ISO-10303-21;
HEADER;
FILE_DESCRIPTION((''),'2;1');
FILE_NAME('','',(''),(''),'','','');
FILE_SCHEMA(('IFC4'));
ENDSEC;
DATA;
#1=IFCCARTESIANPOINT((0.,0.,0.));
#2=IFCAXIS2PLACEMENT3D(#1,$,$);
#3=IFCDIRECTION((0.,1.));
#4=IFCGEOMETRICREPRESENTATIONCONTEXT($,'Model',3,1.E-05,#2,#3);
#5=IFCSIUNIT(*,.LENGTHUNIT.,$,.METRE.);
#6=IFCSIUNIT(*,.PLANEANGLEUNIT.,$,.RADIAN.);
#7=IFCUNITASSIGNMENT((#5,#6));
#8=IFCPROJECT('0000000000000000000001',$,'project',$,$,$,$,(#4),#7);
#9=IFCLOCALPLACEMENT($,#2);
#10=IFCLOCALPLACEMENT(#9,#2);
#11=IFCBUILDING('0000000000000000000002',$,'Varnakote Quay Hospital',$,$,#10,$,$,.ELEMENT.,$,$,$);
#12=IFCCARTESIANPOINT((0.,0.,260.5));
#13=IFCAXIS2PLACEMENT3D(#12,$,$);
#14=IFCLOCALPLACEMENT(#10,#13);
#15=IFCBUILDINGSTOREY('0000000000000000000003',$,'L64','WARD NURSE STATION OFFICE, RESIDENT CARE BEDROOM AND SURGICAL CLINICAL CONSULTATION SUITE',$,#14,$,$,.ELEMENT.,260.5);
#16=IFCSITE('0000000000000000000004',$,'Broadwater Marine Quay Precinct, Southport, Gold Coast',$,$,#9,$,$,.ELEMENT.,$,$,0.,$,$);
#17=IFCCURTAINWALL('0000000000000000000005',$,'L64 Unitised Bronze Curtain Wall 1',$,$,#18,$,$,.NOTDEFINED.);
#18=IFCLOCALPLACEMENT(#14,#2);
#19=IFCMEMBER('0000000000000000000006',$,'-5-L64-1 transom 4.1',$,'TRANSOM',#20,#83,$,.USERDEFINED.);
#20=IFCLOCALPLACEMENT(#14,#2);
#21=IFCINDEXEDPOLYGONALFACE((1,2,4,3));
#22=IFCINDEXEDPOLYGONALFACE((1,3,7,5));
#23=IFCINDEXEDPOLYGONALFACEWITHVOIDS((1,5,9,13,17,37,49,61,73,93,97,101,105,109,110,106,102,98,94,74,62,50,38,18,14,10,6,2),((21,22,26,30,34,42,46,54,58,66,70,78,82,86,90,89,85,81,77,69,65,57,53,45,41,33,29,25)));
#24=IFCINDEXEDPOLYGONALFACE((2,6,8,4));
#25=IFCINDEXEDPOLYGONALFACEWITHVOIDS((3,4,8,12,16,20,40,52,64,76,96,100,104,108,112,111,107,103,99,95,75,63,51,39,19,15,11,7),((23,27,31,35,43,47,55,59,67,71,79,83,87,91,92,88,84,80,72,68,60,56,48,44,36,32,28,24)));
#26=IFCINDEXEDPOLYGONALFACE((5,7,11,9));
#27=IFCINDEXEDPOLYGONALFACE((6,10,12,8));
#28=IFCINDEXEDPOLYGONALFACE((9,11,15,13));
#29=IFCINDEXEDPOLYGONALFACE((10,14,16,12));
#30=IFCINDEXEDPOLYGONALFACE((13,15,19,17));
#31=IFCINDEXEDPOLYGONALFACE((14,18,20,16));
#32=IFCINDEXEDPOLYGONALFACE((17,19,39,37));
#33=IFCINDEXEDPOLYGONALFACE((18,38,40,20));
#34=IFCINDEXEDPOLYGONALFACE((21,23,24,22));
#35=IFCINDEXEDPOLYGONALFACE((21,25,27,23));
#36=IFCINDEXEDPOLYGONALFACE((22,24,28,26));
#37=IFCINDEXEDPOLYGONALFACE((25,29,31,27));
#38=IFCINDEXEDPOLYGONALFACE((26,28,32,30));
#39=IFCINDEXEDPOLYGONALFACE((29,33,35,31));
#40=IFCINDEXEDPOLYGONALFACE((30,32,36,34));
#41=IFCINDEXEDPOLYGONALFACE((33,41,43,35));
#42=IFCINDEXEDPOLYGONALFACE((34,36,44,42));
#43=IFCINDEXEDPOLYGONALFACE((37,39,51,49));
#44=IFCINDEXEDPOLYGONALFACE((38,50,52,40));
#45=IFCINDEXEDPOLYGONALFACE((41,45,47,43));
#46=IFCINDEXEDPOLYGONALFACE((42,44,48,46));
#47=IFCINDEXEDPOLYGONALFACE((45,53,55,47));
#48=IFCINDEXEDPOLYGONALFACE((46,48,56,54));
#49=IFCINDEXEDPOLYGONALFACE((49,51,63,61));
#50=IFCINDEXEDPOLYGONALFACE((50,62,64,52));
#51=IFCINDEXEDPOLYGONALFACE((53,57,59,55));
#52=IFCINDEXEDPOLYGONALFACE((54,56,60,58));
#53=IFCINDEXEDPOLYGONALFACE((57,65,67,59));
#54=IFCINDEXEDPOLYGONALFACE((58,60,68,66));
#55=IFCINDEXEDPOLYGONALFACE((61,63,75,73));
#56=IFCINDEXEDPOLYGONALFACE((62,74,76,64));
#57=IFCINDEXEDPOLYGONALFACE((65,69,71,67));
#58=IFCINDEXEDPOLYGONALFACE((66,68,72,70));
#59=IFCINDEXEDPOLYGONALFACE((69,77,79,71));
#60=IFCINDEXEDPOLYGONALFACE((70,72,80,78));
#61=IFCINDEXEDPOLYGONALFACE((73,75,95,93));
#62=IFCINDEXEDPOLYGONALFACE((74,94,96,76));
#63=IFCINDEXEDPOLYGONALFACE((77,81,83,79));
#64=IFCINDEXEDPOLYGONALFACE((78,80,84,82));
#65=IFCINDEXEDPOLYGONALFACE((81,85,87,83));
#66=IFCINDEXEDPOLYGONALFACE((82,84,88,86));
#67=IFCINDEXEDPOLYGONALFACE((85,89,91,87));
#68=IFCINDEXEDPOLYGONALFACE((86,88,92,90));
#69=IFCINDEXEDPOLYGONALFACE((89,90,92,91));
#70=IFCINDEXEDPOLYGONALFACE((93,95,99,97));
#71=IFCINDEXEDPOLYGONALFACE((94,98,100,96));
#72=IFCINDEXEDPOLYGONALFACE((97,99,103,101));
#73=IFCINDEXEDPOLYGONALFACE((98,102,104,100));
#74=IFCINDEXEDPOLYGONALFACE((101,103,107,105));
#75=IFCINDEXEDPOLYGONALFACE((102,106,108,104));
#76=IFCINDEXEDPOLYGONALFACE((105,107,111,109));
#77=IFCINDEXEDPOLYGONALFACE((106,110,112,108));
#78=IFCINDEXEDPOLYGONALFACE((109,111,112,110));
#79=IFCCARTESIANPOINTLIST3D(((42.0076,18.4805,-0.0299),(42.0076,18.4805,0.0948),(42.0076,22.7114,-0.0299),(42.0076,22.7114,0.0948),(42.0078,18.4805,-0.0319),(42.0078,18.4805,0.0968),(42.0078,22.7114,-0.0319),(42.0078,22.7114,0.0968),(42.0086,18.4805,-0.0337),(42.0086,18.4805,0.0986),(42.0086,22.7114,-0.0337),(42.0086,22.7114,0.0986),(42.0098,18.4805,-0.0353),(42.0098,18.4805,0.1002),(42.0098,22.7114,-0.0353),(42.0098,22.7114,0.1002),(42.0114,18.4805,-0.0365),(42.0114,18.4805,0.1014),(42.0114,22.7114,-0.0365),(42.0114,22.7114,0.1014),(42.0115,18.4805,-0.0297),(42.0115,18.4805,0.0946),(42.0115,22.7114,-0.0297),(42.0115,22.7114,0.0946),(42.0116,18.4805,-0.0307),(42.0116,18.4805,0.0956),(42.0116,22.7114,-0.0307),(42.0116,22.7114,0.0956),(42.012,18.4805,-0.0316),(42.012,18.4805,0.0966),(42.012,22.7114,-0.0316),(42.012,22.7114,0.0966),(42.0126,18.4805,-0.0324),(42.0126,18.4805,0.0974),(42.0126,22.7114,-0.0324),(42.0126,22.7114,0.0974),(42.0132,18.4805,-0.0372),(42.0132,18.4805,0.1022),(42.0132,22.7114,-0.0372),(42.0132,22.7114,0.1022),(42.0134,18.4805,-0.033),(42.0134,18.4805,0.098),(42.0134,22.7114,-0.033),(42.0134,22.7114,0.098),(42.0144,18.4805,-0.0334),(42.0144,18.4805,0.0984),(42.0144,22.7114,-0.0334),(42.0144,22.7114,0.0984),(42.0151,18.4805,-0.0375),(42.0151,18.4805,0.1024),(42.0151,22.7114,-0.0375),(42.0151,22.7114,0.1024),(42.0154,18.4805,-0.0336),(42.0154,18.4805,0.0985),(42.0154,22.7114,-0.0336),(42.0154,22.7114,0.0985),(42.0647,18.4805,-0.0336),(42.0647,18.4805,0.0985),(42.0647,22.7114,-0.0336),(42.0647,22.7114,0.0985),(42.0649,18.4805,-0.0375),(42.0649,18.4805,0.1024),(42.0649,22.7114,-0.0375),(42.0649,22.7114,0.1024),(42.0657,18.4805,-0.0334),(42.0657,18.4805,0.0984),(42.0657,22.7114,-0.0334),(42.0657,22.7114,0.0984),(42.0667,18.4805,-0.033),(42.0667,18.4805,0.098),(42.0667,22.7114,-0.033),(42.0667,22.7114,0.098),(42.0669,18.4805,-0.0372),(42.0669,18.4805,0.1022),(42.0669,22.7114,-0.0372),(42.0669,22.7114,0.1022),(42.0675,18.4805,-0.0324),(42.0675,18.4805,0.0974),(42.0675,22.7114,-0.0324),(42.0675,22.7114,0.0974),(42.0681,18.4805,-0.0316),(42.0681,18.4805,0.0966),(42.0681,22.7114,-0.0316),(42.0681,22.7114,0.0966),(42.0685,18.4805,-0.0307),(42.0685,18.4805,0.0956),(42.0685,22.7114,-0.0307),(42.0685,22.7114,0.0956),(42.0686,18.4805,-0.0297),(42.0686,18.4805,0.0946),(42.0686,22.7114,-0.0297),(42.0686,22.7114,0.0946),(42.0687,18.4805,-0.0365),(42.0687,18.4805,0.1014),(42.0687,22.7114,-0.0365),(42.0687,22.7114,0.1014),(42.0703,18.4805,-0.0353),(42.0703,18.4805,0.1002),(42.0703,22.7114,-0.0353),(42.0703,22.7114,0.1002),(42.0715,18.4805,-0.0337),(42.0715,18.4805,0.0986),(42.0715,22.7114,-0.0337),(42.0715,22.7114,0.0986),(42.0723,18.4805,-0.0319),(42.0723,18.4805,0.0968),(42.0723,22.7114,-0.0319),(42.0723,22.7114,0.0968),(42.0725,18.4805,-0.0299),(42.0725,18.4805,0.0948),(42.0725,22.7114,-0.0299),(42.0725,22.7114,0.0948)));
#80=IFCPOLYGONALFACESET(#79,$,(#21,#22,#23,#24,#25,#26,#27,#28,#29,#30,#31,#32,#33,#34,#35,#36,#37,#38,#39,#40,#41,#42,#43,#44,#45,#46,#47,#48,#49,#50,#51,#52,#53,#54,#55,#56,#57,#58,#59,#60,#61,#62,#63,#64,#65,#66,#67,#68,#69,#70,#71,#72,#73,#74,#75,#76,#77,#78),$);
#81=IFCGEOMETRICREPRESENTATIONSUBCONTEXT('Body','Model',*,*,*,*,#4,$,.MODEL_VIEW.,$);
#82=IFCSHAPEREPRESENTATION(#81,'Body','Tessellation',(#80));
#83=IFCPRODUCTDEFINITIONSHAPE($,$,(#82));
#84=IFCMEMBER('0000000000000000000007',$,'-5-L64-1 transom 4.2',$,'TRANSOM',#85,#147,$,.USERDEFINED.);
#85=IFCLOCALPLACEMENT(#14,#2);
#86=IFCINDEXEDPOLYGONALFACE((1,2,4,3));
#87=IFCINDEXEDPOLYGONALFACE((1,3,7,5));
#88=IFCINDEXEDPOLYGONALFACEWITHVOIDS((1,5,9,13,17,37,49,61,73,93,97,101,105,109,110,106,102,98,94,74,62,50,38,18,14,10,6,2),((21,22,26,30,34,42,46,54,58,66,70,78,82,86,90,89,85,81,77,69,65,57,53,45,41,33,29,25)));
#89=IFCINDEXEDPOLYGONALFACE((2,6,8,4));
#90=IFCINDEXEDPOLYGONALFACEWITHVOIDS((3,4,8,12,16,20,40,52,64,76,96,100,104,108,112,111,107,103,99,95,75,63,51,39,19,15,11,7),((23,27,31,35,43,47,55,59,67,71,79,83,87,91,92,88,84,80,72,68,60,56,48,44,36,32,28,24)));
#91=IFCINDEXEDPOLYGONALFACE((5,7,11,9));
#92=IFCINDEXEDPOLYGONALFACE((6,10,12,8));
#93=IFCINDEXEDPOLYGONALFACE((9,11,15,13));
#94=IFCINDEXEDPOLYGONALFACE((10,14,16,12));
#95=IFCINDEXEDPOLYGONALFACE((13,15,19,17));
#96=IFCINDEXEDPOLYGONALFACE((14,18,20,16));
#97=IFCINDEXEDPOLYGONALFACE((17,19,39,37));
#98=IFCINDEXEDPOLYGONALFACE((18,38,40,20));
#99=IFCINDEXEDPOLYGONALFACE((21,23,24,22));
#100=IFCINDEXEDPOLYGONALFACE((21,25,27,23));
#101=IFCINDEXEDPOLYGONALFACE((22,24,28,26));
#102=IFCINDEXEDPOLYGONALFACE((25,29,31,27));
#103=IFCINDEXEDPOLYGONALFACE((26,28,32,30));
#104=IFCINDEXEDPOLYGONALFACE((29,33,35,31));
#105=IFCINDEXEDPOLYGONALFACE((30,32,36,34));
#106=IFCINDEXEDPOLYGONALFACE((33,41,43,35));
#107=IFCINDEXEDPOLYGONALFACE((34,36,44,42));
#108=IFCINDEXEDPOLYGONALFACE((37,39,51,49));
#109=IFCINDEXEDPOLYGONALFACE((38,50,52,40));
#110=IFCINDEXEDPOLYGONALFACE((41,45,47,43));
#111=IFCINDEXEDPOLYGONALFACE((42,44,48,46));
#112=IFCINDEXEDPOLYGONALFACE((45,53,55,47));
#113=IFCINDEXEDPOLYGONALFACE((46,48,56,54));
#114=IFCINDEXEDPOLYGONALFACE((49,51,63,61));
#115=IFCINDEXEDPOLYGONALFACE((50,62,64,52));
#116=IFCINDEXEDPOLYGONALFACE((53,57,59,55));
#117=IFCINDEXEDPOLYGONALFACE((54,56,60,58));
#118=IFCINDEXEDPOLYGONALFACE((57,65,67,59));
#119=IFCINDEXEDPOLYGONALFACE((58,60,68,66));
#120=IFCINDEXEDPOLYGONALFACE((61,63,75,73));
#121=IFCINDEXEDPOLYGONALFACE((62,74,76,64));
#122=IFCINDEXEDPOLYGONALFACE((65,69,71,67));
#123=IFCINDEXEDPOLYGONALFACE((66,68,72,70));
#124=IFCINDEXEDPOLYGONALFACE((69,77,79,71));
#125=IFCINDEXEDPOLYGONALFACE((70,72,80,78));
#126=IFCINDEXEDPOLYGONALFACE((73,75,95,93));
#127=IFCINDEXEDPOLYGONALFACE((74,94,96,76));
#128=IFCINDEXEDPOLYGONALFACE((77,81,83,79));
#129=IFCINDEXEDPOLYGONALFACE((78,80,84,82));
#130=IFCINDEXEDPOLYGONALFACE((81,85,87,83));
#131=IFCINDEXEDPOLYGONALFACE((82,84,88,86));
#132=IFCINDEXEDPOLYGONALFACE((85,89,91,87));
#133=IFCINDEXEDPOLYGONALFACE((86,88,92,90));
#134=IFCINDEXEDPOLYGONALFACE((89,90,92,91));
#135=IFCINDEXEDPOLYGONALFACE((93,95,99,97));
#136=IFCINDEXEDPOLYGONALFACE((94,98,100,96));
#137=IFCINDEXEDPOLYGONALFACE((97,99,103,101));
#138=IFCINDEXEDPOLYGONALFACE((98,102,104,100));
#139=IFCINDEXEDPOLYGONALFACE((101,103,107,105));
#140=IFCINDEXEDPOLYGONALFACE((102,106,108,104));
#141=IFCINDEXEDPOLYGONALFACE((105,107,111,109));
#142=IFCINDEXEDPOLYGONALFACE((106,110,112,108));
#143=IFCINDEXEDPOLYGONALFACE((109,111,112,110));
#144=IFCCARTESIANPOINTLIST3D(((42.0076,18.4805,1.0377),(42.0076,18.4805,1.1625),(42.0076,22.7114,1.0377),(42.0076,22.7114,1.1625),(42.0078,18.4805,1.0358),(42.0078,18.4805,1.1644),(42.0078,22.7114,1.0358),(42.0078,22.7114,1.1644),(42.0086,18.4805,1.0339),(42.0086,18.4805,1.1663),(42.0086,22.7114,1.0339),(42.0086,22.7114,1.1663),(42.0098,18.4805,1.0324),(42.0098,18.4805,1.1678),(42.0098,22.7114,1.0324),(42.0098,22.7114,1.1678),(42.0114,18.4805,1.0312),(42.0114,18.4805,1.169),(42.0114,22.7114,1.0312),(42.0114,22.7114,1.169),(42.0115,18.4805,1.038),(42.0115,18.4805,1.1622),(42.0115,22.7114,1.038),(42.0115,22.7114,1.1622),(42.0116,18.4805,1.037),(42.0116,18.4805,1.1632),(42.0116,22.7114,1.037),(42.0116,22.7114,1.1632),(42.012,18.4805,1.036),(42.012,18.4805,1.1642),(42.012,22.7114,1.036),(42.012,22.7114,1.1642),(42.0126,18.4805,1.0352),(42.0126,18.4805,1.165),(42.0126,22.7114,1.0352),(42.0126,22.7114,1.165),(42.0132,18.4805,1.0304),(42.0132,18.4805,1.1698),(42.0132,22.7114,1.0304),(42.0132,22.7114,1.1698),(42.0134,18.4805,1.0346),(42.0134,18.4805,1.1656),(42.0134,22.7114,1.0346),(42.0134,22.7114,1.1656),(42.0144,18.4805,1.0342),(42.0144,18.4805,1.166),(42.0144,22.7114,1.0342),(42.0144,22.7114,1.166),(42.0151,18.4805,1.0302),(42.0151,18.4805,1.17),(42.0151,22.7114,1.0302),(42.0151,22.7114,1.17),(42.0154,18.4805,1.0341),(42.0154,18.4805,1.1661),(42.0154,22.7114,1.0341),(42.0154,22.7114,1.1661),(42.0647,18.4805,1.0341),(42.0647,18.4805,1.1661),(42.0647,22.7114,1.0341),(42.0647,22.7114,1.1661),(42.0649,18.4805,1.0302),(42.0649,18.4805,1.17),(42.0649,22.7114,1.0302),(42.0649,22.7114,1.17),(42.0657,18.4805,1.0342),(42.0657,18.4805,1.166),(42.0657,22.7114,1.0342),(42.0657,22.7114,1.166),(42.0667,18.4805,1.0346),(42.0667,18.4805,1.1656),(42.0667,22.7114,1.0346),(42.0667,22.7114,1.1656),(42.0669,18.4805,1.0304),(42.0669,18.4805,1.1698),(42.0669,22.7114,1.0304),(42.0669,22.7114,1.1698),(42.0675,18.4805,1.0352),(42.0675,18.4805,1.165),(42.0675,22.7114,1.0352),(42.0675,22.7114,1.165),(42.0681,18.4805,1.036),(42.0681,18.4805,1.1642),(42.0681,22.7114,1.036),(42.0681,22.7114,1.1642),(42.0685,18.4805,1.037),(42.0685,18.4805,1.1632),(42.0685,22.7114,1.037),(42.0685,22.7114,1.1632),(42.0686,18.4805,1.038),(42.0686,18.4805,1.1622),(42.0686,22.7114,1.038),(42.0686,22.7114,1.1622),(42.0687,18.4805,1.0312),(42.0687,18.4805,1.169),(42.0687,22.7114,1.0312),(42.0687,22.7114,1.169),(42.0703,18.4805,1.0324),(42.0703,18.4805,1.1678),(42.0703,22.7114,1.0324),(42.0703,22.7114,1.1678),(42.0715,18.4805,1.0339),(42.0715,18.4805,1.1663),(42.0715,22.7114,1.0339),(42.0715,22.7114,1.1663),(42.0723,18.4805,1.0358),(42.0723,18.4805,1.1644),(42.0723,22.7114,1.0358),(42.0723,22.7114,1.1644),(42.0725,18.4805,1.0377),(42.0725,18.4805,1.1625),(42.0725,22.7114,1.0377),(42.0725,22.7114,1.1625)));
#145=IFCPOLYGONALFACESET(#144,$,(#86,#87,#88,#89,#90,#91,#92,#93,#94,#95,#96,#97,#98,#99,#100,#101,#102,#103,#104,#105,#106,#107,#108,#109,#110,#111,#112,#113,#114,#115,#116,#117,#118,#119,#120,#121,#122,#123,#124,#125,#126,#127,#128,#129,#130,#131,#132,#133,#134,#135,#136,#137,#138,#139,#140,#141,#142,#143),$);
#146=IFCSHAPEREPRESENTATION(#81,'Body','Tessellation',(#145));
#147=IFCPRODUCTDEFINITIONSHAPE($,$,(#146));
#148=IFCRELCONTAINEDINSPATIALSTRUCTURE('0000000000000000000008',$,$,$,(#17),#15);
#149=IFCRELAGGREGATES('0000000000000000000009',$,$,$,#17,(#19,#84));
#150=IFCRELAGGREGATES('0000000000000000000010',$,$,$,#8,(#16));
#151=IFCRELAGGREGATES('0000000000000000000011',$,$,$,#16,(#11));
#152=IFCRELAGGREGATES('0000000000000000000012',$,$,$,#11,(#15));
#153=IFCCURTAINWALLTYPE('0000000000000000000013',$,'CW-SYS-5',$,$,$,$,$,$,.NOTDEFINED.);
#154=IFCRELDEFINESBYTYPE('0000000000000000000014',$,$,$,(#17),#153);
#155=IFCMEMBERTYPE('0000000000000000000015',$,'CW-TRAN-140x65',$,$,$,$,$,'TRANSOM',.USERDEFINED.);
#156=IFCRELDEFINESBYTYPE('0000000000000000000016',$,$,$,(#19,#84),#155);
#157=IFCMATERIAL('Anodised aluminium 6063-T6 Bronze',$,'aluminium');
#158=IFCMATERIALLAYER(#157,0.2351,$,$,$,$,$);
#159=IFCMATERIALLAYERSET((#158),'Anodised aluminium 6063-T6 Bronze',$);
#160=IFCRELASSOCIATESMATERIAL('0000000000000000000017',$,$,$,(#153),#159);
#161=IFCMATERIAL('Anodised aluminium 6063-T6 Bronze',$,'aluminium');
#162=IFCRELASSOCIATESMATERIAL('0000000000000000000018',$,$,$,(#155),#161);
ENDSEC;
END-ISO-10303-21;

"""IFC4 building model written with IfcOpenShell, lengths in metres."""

from ifc_helpers import new_model, si_unit, direction, frame, origin, origin_2d, place, context, subcontext, project, spatial, hollow_rectangle, extrude, material, layer, layer_set, material_profile, profile_set, type_object, element, aggregate, save


model = new_model("IFC4")

# Units and contexts
model_context = context("Model", 3, precision=1e-05, world=origin(), true_north=direction((0.0, 1.0)))
body_context = subcontext(model_context, "Body", "Model", "MODEL_VIEW")
ifc_project = project(units=[si_unit("LENGTHUNIT", "METRE"), si_unit("PLANEANGLEUNIT", "RADIAN")], contexts=[model_context])

# Site, building, storey
site_placement = place(None, origin())
site = spatial("IfcSite", under=ifc_project, at=site_placement, Name="Broadwater Marine Quay Precinct, Southport, Gold Coast", CompositionType="ELEMENT", RefElevation=0.0)
building_placement = place(site_placement, origin())
building = spatial("IfcBuilding", under=site, at=building_placement, Name="Varnakote Quay Hospital", CompositionType="ELEMENT")
storey_placement = place(building_placement, frame((0.0, 0.0, 260.5)))
storey = spatial("IfcBuildingStorey", under=building, at=storey_placement, Name="L64", Description="WARD NURSE STATION OFFICE, RESIDENT CARE BEDROOM AND SURGICAL CLINICAL CONSULTATION SUITE", CompositionType="ELEMENT", Elevation=260.5)

# Curtain wall
ifc_material_1 = material(Name="Anodised aluminium 6063-T6 Bronze", Category="aluminium")
ifc_layer_1 = layer(ifc_material_1, 0.2351)
ifc_layer_set_1 = layer_set([ifc_layer_1], Name="Anodised aluminium 6063-T6 Bronze")
curtain_wall_type = type_object("IfcCurtainWallType", Name="CW-SYS-5", PredefinedType="NOTDEFINED", material=ifc_layer_set_1)
curtain_wall_1_placement = place(storey_placement, origin())
curtain_wall_1 = element("IfcCurtainWall", 1, at=curtain_wall_1_placement, inside=storey, type_object=curtain_wall_type, Name="L64 Unitised Bronze Curtain Wall 1", PredefinedType="NOTDEFINED")

# Members
ifc_material_2 = material(Name="Anodised aluminium 6063-T6 Bronze", Category="aluminium")
ifc_material_profile_1 = material_profile(ifc_material_2, hollow_rectangle(XDim=0.0649, YDim=0.1399, WallThickness=0.0039, InnerFilletRadius=0.0039, OuterFilletRadius=0.0076, at=origin_2d()), Name="CW-TRAN-140x65")
ifc_profile_set_1 = profile_set([ifc_material_profile_1], Name="Anodised aluminium 6063-T6 Bronze")
member_type_1 = type_object("IfcMemberType", Name="CW-TRAN-140x65", ElementType="TRANSOM", PredefinedType="USERDEFINED", material=ifc_profile_set_1)
member_1_placement = place(storey_placement, frame((42.04, 18.4805, 0.0325), z_axis=(0.0, 1.0, 0.0), x_axis=(-1.0, 0.0, 0.0)))
member_1 = element("IfcMember", 2, at=member_1_placement, type_object=member_type_1, Name="-5-L64-1 transom 4.1", ObjectType="TRANSOM", PredefinedType="USERDEFINED", context=body_context, shape_type="SweptSolid", body=[
    extrude(hollow_rectangle(XDim=0.0649, YDim=0.1399, WallThickness=0.0039, InnerFilletRadius=0.0039, OuterFilletRadius=0.0076, at=origin_2d()), origin(), (0.0, 0.0, 1.0), 4.231),
])
member_2_placement = place(storey_placement, frame((42.04, 18.4805, 1.1001), z_axis=(0.0, 1.0, 0.0), x_axis=(-1.0, 0.0, 0.0)))
member_2 = element("IfcMember", 3, at=member_2_placement, type_object=member_type_1, Name="-5-L64-1 transom 4.2", ObjectType="TRANSOM", PredefinedType="USERDEFINED", context=body_context, shape_type="SweptSolid", body=[
    extrude(hollow_rectangle(XDim=0.0649, YDim=0.1399, WallThickness=0.0039, InnerFilletRadius=0.0039, OuterFilletRadius=0.0076, at=origin_2d()), origin(), (0.0, 0.0, 1.0), 4.231),
])

aggregate(curtain_wall_1, [member_1, member_2])

save(model, "model.ifc")
